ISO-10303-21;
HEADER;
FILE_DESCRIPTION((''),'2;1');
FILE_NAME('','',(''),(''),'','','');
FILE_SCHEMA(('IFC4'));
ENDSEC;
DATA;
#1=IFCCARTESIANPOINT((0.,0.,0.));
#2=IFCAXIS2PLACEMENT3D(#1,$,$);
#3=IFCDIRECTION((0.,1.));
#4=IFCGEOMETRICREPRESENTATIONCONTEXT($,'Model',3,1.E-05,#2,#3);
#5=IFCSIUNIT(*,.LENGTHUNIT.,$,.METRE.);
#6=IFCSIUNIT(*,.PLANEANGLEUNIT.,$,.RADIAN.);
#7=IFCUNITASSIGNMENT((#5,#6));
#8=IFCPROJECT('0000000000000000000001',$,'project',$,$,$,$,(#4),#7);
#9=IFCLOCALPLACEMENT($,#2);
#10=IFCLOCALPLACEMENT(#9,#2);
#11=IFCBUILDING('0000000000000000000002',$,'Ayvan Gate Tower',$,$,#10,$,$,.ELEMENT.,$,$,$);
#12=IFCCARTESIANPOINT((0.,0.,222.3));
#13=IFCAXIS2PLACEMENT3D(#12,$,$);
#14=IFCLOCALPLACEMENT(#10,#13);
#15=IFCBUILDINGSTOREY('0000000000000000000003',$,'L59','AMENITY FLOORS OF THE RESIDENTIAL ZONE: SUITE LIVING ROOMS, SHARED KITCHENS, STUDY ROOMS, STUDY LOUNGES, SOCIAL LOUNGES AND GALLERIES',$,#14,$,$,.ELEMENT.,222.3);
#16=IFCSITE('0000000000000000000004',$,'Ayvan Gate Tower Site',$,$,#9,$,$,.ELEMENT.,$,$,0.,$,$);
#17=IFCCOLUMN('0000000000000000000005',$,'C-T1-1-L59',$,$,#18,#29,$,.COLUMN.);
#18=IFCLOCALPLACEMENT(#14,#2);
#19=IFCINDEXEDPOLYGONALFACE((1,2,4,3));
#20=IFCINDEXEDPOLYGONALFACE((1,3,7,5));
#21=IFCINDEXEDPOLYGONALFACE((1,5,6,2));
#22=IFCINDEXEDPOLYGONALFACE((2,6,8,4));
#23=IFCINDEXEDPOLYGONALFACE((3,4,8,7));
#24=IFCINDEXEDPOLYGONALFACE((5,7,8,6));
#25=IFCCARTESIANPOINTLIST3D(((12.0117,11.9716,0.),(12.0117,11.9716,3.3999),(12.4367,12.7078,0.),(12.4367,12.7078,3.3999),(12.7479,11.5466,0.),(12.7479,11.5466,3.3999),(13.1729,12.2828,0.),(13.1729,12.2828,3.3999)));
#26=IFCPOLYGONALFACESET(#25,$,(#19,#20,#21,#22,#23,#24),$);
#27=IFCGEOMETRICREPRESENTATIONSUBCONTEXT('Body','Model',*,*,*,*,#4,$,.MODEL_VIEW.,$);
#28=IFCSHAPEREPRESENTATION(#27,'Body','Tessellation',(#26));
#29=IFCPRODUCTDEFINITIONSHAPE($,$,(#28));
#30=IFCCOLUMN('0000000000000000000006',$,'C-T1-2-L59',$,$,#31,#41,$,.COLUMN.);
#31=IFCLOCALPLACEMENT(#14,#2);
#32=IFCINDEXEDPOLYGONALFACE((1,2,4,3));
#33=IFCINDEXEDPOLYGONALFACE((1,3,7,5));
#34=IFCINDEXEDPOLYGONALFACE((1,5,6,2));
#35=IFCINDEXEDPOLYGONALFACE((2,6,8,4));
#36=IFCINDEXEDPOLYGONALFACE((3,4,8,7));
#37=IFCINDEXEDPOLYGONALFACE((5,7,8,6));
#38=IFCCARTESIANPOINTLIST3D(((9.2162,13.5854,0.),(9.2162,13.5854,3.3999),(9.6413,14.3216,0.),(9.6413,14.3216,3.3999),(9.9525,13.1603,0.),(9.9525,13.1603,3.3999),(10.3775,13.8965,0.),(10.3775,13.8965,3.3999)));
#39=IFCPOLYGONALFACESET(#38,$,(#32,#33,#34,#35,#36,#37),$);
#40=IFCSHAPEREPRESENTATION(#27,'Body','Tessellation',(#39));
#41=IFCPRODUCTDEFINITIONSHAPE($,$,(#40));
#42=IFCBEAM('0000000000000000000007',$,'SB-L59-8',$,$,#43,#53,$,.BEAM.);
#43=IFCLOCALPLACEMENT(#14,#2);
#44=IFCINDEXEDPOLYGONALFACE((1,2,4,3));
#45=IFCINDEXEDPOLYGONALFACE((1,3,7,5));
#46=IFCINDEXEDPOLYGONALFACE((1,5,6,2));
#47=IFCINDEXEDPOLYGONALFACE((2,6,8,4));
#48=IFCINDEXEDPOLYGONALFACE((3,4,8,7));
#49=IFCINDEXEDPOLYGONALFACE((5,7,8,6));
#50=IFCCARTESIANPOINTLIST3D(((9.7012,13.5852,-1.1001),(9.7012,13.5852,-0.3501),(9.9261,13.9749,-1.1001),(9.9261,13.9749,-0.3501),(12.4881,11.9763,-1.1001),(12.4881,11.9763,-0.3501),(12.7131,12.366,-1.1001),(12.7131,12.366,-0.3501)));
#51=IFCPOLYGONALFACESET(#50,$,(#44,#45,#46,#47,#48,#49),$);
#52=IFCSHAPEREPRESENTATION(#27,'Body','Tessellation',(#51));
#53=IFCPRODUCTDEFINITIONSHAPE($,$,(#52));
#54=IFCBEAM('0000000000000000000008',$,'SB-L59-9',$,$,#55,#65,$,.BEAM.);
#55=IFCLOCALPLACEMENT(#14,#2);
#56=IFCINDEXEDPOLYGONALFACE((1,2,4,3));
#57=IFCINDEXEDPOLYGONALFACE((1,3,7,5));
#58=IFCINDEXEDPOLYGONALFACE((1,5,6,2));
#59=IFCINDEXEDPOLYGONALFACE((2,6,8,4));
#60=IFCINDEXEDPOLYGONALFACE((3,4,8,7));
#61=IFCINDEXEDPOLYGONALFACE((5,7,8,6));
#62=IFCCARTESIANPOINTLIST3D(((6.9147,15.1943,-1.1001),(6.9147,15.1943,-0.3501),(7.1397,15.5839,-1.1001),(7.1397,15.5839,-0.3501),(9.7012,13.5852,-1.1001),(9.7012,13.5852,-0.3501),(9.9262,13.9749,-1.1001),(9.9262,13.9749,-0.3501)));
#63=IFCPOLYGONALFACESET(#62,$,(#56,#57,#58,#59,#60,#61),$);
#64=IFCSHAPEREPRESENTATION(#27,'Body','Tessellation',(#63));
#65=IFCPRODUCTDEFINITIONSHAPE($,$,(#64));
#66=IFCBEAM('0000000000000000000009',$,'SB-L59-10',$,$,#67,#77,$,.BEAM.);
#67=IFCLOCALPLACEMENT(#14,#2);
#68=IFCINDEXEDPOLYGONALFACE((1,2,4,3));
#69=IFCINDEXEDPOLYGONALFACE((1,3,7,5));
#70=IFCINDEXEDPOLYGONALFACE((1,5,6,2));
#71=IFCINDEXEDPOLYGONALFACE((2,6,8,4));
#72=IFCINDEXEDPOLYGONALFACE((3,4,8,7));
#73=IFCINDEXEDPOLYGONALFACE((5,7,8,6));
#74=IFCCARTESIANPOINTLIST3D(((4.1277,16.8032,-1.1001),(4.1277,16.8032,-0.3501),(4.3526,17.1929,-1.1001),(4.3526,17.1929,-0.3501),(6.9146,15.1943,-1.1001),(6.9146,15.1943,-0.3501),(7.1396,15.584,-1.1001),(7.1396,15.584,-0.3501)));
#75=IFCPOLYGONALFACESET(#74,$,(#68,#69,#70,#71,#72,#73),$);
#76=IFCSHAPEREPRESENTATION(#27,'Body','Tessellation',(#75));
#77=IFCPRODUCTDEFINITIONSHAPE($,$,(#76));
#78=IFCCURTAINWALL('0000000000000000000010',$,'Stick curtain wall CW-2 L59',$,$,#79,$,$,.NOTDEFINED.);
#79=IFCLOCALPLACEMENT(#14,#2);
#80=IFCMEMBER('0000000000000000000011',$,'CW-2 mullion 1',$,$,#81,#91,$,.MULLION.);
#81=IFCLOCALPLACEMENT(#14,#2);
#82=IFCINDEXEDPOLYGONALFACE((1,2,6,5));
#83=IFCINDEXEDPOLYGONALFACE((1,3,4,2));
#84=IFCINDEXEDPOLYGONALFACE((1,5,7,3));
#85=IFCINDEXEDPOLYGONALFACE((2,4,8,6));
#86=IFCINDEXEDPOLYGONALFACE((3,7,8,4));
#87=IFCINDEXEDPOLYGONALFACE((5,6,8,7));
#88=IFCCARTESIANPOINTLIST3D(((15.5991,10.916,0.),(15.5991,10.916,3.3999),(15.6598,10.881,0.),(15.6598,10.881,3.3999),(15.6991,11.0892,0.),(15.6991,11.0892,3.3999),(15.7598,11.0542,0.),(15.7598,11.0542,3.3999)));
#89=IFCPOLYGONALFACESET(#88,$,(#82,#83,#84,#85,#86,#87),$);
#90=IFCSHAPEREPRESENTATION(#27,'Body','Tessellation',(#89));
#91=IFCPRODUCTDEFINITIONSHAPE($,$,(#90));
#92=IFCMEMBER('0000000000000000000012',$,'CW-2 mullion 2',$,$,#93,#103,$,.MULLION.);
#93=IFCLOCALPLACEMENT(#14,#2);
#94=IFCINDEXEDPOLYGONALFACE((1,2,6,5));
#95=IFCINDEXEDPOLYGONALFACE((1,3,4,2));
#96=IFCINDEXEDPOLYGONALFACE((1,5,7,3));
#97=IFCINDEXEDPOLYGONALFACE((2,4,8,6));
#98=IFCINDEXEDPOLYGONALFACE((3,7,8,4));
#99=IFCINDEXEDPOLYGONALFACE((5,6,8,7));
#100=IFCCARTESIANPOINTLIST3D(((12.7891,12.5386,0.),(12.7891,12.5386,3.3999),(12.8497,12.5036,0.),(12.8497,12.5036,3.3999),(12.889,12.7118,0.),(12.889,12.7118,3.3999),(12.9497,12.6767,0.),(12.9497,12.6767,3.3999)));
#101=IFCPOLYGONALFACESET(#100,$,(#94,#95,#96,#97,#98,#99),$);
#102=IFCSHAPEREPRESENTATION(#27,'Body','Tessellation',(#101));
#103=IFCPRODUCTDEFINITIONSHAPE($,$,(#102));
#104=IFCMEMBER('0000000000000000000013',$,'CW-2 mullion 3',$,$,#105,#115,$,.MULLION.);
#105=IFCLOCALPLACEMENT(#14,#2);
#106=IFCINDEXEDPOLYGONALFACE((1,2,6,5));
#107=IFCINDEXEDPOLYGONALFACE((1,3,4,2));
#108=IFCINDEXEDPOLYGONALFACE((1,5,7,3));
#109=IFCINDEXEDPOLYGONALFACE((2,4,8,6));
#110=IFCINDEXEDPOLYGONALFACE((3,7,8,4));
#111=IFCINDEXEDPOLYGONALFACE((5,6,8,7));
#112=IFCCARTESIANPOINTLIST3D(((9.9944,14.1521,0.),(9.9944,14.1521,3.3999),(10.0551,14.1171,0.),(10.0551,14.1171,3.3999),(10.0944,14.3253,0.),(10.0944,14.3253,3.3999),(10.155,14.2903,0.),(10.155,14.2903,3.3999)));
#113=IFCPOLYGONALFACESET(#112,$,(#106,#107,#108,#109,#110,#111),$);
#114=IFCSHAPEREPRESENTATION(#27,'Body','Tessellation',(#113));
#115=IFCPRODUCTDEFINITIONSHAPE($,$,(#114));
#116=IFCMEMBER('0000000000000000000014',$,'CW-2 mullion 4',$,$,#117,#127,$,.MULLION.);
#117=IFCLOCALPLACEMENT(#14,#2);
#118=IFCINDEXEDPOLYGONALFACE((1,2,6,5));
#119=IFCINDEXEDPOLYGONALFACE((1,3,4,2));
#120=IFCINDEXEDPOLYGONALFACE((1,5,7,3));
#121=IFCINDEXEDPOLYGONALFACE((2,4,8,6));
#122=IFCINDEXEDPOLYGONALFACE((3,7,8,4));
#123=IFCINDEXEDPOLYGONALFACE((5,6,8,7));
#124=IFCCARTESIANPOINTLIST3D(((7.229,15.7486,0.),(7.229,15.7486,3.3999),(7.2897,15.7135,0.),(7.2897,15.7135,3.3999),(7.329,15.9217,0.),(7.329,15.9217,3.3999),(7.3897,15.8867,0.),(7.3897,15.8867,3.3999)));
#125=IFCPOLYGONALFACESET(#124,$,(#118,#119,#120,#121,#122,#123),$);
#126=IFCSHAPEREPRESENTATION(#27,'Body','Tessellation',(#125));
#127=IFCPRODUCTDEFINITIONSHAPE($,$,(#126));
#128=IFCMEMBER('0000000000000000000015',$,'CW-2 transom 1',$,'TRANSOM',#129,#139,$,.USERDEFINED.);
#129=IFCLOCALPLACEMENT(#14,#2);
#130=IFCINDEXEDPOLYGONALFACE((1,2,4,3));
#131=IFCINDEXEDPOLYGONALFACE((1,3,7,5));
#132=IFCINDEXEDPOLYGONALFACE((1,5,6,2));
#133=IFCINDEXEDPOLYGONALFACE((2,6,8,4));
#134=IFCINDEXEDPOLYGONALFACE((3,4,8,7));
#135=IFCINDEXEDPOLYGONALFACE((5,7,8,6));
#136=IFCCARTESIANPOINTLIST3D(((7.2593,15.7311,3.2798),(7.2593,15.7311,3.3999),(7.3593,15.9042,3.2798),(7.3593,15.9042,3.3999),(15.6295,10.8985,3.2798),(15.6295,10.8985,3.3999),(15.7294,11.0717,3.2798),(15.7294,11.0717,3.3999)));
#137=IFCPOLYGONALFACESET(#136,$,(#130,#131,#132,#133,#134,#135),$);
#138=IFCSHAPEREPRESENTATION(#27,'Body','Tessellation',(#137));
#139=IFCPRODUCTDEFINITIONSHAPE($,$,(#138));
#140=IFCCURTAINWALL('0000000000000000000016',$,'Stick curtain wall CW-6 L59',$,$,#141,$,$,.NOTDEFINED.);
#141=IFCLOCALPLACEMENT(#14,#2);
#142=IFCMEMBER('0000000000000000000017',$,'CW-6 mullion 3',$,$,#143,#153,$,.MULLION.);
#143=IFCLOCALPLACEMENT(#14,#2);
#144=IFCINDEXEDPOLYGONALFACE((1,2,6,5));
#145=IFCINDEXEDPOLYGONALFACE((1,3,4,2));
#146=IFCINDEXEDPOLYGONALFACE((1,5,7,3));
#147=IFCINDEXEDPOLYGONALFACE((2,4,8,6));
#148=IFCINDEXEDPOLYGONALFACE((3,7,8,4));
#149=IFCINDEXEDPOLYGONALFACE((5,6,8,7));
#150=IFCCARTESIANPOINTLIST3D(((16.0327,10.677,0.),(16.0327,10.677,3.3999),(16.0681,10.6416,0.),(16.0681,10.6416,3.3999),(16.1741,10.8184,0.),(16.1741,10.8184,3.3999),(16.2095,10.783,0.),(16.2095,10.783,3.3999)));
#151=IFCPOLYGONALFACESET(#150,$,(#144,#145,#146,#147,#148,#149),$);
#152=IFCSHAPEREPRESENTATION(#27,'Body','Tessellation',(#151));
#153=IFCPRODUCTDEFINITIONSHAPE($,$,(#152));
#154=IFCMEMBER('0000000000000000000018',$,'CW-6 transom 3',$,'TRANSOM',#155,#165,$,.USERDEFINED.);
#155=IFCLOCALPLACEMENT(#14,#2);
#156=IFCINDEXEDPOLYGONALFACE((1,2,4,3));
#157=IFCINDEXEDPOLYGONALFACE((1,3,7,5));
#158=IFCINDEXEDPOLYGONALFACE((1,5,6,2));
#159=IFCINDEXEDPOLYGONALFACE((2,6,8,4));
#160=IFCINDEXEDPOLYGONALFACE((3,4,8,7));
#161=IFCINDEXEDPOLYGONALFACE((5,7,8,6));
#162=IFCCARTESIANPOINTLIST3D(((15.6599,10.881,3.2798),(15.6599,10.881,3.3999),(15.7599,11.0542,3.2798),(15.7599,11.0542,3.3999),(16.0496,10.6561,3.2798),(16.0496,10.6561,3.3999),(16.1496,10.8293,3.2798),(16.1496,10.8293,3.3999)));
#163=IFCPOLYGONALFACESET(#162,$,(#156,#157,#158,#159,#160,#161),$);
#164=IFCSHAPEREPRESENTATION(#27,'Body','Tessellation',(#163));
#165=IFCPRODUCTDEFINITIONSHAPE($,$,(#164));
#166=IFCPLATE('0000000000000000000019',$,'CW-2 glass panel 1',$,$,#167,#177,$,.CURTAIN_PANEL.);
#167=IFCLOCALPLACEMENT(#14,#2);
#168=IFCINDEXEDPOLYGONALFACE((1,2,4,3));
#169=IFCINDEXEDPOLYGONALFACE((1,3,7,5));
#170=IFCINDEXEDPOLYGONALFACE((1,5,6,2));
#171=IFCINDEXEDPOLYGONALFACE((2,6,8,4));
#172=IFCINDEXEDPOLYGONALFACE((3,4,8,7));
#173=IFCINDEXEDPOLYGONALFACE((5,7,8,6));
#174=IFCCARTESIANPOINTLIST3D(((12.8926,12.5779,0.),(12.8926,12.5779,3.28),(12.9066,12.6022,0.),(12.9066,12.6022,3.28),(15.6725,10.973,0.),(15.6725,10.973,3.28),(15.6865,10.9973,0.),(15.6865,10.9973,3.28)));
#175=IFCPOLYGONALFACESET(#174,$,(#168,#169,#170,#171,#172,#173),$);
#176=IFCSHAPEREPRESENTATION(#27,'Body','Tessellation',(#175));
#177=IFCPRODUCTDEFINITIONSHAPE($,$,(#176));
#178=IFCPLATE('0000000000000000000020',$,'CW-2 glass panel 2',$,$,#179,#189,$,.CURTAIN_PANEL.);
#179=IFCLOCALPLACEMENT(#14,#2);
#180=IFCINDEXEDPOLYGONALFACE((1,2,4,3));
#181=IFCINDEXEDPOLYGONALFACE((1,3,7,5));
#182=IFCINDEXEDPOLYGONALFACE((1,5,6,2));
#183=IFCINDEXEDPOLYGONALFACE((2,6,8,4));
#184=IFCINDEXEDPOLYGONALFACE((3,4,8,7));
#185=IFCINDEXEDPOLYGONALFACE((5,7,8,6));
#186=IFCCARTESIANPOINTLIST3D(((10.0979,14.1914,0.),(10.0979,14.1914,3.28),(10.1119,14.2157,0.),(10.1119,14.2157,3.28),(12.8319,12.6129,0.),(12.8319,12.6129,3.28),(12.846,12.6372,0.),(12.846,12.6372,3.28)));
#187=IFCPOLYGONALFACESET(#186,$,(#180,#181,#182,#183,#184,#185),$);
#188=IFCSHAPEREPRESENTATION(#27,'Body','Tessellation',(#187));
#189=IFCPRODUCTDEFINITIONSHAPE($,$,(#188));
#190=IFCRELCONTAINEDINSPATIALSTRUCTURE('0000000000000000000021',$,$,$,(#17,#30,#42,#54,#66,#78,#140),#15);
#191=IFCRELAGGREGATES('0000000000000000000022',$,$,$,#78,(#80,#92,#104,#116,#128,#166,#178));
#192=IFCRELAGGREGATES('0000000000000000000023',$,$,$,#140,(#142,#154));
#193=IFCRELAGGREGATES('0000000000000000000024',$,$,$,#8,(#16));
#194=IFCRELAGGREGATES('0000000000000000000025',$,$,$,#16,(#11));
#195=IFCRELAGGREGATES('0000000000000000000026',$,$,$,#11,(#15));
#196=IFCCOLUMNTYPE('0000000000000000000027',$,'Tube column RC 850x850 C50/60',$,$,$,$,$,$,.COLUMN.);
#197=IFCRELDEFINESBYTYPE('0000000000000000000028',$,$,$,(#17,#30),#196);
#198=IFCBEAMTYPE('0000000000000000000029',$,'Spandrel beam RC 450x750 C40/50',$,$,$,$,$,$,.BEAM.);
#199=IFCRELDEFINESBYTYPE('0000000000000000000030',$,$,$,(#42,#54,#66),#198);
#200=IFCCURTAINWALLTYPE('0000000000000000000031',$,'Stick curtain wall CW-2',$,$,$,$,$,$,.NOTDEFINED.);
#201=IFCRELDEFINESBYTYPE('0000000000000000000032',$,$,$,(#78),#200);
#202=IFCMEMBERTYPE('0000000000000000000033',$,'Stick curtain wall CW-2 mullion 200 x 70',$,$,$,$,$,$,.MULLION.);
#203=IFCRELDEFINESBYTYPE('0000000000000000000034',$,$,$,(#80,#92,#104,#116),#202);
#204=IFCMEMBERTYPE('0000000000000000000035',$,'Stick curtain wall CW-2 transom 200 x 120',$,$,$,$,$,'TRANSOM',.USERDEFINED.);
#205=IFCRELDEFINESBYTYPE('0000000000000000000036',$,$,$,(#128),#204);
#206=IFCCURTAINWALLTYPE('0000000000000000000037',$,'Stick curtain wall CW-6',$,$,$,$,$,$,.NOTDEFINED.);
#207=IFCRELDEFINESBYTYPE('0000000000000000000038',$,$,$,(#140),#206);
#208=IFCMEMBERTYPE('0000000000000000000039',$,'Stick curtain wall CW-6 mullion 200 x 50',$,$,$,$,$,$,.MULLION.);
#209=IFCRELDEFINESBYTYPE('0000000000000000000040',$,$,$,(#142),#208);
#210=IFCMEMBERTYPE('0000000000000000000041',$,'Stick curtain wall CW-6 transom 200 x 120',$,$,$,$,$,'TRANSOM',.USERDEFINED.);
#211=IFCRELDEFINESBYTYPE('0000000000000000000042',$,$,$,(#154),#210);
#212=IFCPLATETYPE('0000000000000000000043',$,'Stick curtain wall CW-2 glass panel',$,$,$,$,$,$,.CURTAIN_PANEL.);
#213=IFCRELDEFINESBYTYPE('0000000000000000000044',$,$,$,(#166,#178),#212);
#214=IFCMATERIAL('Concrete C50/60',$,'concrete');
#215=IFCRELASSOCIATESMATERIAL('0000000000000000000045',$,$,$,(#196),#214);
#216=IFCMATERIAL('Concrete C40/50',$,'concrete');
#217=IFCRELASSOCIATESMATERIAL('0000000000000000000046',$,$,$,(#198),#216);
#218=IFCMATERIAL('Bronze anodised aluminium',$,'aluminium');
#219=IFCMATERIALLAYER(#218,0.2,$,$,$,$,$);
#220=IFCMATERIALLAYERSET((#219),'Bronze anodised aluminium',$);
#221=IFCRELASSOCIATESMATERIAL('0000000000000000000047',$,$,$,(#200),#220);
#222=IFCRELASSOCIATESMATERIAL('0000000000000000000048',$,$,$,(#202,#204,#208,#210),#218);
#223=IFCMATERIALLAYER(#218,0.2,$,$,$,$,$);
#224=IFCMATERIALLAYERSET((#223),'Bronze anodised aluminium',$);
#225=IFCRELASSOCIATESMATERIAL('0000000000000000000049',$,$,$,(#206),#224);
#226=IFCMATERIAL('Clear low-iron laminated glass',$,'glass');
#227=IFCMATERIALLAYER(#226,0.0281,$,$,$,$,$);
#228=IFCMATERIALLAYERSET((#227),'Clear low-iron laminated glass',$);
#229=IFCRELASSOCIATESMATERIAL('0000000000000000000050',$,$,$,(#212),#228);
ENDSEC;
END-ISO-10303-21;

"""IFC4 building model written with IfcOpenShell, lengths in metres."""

from ifc_helpers import new_model, si_unit, direction, frame, origin, origin_2d, place, context, subcontext, project, spatial, rectangle, extrude, material, layer, layer_set, material_profile, profile_set, type_object, element, aggregate, save


model = new_model("IFC4")

# Units and contexts
model_context = context("Model", 3, precision=1e-05, world=origin(), true_north=direction((0.0, 1.0)))
body_context = subcontext(model_context, "Body", "Model", "MODEL_VIEW")
ifc_project = project(units=[si_unit("LENGTHUNIT", "METRE"), si_unit("PLANEANGLEUNIT", "RADIAN")], contexts=[model_context])

# Site, building, storey
site_placement = place(None, origin())
site = spatial("IfcSite", under=ifc_project, at=site_placement, Name="Ayvan Gate Tower Site", CompositionType="ELEMENT", RefElevation=0.0)
building_placement = place(site_placement, origin())
building = spatial("IfcBuilding", under=site, at=building_placement, Name="Ayvan Gate Tower", CompositionType="ELEMENT")
storey_placement = place(building_placement, frame((0.0, 0.0, 222.3)))
storey = spatial("IfcBuildingStorey", under=building, at=storey_placement, Name="L59", Description="AMENITY FLOORS OF THE RESIDENTIAL ZONE: SUITE LIVING ROOMS, SHARED KITCHENS, STUDY ROOMS, STUDY LOUNGES, SOCIAL LOUNGES AND GALLERIES", CompositionType="ELEMENT", Elevation=222.3)

# Columns
ifc_material_1 = material(Name="Concrete C50/60", Category="concrete")
ifc_material_profile_1 = material_profile(ifc_material_1, rectangle(XDim=0.8501, YDim=0.8501, at=origin_2d()), Name="RC 850x850")
ifc_profile_set_1 = profile_set([ifc_material_profile_1], Name="Concrete C50/60")
column_type = type_object("IfcColumnType", Name="Tube column RC 850x850 C50/60", PredefinedType="COLUMN", material=ifc_profile_set_1)
for number, where, z_axis, x_axis, name in (
    (1, (12.5923, 12.1272, 0.0), (0.0, 0.0, 1.0), (0.5, 0.866025, 0.0), "C-T1-1-L59"),
    (2, (9.7969, 13.741, 0.0), (0.0, 0.0, 1.0), (0.5, 0.866025, 0.0), "C-T1-2-L59"),
):
    element("IfcColumn", number, at=place(storey_placement, frame(where, z_axis=z_axis, x_axis=x_axis)), inside=storey, type_object=column_type, Name=name, PredefinedType="COLUMN", context=body_context, shape_type="SweptSolid", body=[
        extrude(rectangle(XDim=0.8501, YDim=0.8501, at=origin_2d()), origin(), (0.0, 0.0, 1.0), 3.3999),
    ])

# Beams
ifc_material_2 = material(Name="Concrete C40/50", Category="concrete")
ifc_material_profile_2 = material_profile(ifc_material_2, rectangle(XDim=0.45, YDim=0.75, at=origin_2d()), Name="RC 450x750")
ifc_profile_set_2 = profile_set([ifc_material_profile_2], Name="Concrete C40/50")
beam_type = type_object("IfcBeamType", Name="Spandrel beam RC 450x750 C40/50", PredefinedType="BEAM", material=ifc_profile_set_2)
beam_1_placement = place(storey_placement, frame((12.6006, 12.1711, -0.7251), z_axis=(-0.86604, 0.499974, 0.0), x_axis=(-0.499974, -0.86604, 0.0)))
element("IfcBeam", 3, at=beam_1_placement, inside=storey, type_object=beam_type, Name="SB-L59-8", PredefinedType="BEAM", context=body_context, shape_type="SweptSolid", body=[
    extrude(rectangle(XDim=0.45, YDim=0.75, at=origin_2d()), origin(), (0.0, 0.0, 1.0), 3.218),
])
beam_2_placement = place(storey_placement, frame((9.8137, 13.78, -0.7251), z_axis=(-0.865988, 0.500064, 0.0), x_axis=(-0.500064, -0.865988, 0.0)))
element("IfcBeam", 4, at=beam_2_placement, inside=storey, type_object=beam_type, Name="SB-L59-9", PredefinedType="BEAM", context=body_context, shape_type="SweptSolid", body=[
    extrude(rectangle(XDim=0.45, YDim=0.75, at=origin_2d()), origin(), (0.0, 0.0, 1.0), 3.2178),
])
beam_3_placement = place(storey_placement, frame((7.0271, 15.3892, -0.7251), z_axis=(-0.86604, 0.499974, 0.0), x_axis=(-0.499974, -0.86604, 0.0)))
element("IfcBeam", 5, at=beam_3_placement, inside=storey, type_object=beam_type, Name="SB-L59-10", PredefinedType="BEAM", context=body_context, shape_type="SweptSolid", body=[
    extrude(rectangle(XDim=0.45, YDim=0.75, at=origin_2d()), origin(), (0.0, 0.0, 1.0), 3.218),
])

# Curtain walls, members
ifc_material_3 = material(Name="Bronze anodised aluminium", Category="aluminium")
ifc_layer_1 = layer(ifc_material_3, 0.2)
ifc_layer_set_1 = layer_set([ifc_layer_1], Name="Bronze anodised aluminium")
curtain_wall_type_1 = type_object("IfcCurtainWallType", Name="Stick curtain wall CW-2", PredefinedType="NOTDEFINED", material=ifc_layer_set_1)
curtain_wall_1_placement = place(storey_placement, origin())
curtain_wall_1 = element("IfcCurtainWall", 6, at=curtain_wall_1_placement, inside=storey, type_object=curtain_wall_type_1, Name="Stick curtain wall CW-2 L59", PredefinedType="NOTDEFINED")
ifc_material_profile_3 = material_profile(ifc_material_3, rectangle(XDim=0.2, YDim=0.0701, at=origin_2d()), Name="Stick curtain wall CW-2 mullion 200 x 70")
ifc_profile_set_3 = profile_set([ifc_material_profile_3], Name="Bronze anodised aluminium")
member_type_1 = type_object("IfcMemberType", Name="Stick curtain wall CW-2 mullion 200 x 70", PredefinedType="MULLION", material=ifc_profile_set_3)
member_1_placement = place(storey_placement, frame((15.6794, 10.9851, 0.0), z_axis=(0.0, 0.0, 1.0), x_axis=(0.5, 0.866025, 0.0)))
member_1 = element("IfcMember", 7, at=member_1_placement, type_object=member_type_1, Name="CW-2 mullion 1", PredefinedType="MULLION", context=body_context, shape_type="SweptSolid", body=[
    extrude(rectangle(XDim=0.2, YDim=0.0701, at=origin_2d()), origin(), (0.0, 0.0, 1.0), 3.3999),
])
member_2_placement = place(storey_placement, frame((12.8694, 12.6077, 0.0), z_axis=(0.0, 0.0, 1.0), x_axis=(0.5, 0.866025, 0.0)))
member_2 = element("IfcMember", 8, at=member_2_placement, type_object=member_type_1, Name="CW-2 mullion 2", PredefinedType="MULLION", context=body_context, shape_type="SweptSolid", body=[
    extrude(rectangle(XDim=0.2, YDim=0.0701, at=origin_2d()), origin(), (0.0, 0.0, 1.0), 3.3999),
])
member_3_placement = place(storey_placement, frame((10.0747, 14.2212, 0.0), z_axis=(0.0, 0.0, 1.0), x_axis=(0.5, 0.866025, 0.0)))
member_3 = element("IfcMember", 9, at=member_3_placement, type_object=member_type_1, Name="CW-2 mullion 3", PredefinedType="MULLION", context=body_context, shape_type="SweptSolid", body=[
    extrude(rectangle(XDim=0.2, YDim=0.0701, at=origin_2d()), origin(), (0.0, 0.0, 1.0), 3.3999),
])
member_4_placement = place(storey_placement, frame((7.3093, 15.8176, 0.0), z_axis=(0.0, 0.0, 1.0), x_axis=(0.5, 0.866025, 0.0)))
member_4 = element("IfcMember", 10, at=member_4_placement, type_object=member_type_1, Name="CW-2 mullion 4", PredefinedType="MULLION", context=body_context, shape_type="SweptSolid", body=[
    extrude(rectangle(XDim=0.2, YDim=0.0701, at=origin_2d()), origin(), (0.0, 0.0, 1.0), 3.3999),
])
ifc_material_profile_4 = material_profile(ifc_material_3, rectangle(XDim=0.2, YDim=0.1201, at=origin_2d()), Name="Stick curtain wall CW-2 transom 200 x 120")
ifc_profile_set_4 = profile_set([ifc_material_profile_4], Name="Bronze anodised aluminium")
member_type_2 = type_object("IfcMemberType", Name="Stick curtain wall CW-2 transom 200 x 120", ElementType="TRANSOM", PredefinedType="USERDEFINED", material=ifc_profile_set_4)
member_5_placement = place(storey_placement, frame((15.6794, 10.9851, 3.3398), z_axis=(-0.866024, 0.500002, 0.0), x_axis=(-0.500002, -0.866024, 0.0)))
member_5 = element("IfcMember", 11, at=member_5_placement, type_object=member_type_2, Name="CW-2 transom 1", ObjectType="TRANSOM", PredefinedType="USERDEFINED", context=body_context, shape_type="SweptSolid", body=[
    extrude(rectangle(XDim=0.2, YDim=0.1201, at=origin_2d()), origin(), (0.0, 0.0, 1.0), 9.665),
])
ifc_layer_2 = layer(ifc_material_3, 0.2)
ifc_layer_set_2 = layer_set([ifc_layer_2], Name="Bronze anodised aluminium")
curtain_wall_type_2 = type_object("IfcCurtainWallType", Name="Stick curtain wall CW-6", PredefinedType="NOTDEFINED", material=ifc_layer_set_2)
curtain_wall_2_placement = place(storey_placement, origin())
curtain_wall_2 = element("IfcCurtainWall", 12, at=curtain_wall_2_placement, inside=storey, type_object=curtain_wall_type_2, Name="Stick curtain wall CW-6 L59", PredefinedType="NOTDEFINED")
ifc_material_profile_5 = material_profile(ifc_material_3, rectangle(XDim=0.2, YDim=0.05, at=origin_2d()), Name="Stick curtain wall CW-6 mullion 200 x 50")
ifc_profile_set_5 = profile_set([ifc_material_profile_5], Name="Bronze anodised aluminium")
member_type_3 = type_object("IfcMemberType", Name="Stick curtain wall CW-6 mullion 200 x 50", PredefinedType="MULLION", material=ifc_profile_set_5)
member_6_placement = place(storey_placement, frame((16.1211, 10.73, 0.0), z_axis=(0.0, 0.0, 1.0), x_axis=(0.707107, 0.707107, 0.0)))
member_6 = element("IfcMember", 13, at=member_6_placement, type_object=member_type_3, Name="CW-6 mullion 3", PredefinedType="MULLION", context=body_context, shape_type="SweptSolid", body=[
    extrude(rectangle(XDim=0.2, YDim=0.05, at=origin_2d()), origin(), (0.0, 0.0, 1.0), 3.3999),
])
ifc_material_profile_6 = material_profile(ifc_material_3, rectangle(XDim=0.2, YDim=0.1201, at=origin_2d()), Name="Stick curtain wall CW-6 transom 200 x 120")
ifc_profile_set_6 = profile_set([ifc_material_profile_6], Name="Bronze anodised aluminium")
member_type_4 = type_object("IfcMemberType", Name="Stick curtain wall CW-6 transom 200 x 120", ElementType="TRANSOM", PredefinedType="USERDEFINED", material=ifc_profile_set_6)
member_7_placement = place(storey_placement, frame((16.0996, 10.7427, 3.3398), z_axis=(-0.866131, 0.499816, 0.0), x_axis=(-0.499816, -0.866131, 0.0)))
member_7 = element("IfcMember", 14, at=member_7_placement, type_object=member_type_4, Name="CW-6 transom 3", ObjectType="TRANSOM", PredefinedType="USERDEFINED", context=body_context, shape_type="SweptSolid", body=[
    extrude(rectangle(XDim=0.2, YDim=0.1201, at=origin_2d()), origin(), (0.0, 0.0, 1.0), 0.45),
])

# Plates
ifc_material_4 = material(Name="Clear low-iron laminated glass", Category="glass")
ifc_layer_3 = layer(ifc_material_4, 0.0281)
ifc_layer_set_3 = layer_set([ifc_layer_3], Name="Clear low-iron laminated glass")
plate_type_1 = type_object("IfcPlateType", Name="Stick curtain wall CW-2 glass panel", PredefinedType="CURTAIN_PANEL", material=ifc_layer_set_3)
plate_1_placement = place(storey_placement, frame((14.2896, 11.7876, 0.0), z_axis=(0.0, 0.0, 1.0), x_axis=(-0.866025, 0.5, 0.0)))
plate_1 = element("IfcPlate", 15, at=plate_1_placement, type_object=plate_type_1, Name="CW-2 glass panel 1", PredefinedType="CURTAIN_PANEL", context=body_context, shape_type="SweptSolid", body=[
    extrude(rectangle(XDim=3.21, YDim=0.0281, at=origin_2d()), origin(), (0.0, 0.0, 1.0), 3.28),
])
plate_2_placement = place(storey_placement, frame((11.4719, 13.4143, 0.0), z_axis=(0.0, 0.0, 1.0), x_axis=(-0.866025, 0.5, 0.0)))
plate_2 = element("IfcPlate", 16, at=plate_2_placement, type_object=plate_type_1, Name="CW-2 glass panel 2", PredefinedType="CURTAIN_PANEL", context=body_context, shape_type="SweptSolid", body=[
    extrude(rectangle(XDim=3.157, YDim=0.0281, at=origin_2d()), origin(), (0.0, 0.0, 1.0), 3.28),
])
aggregate(curtain_wall_1, [member_1, member_2, member_3, member_4, member_5, plate_1, plate_2])
aggregate(curtain_wall_2, [member_6, member_7])

save(model, "model.ifc")
